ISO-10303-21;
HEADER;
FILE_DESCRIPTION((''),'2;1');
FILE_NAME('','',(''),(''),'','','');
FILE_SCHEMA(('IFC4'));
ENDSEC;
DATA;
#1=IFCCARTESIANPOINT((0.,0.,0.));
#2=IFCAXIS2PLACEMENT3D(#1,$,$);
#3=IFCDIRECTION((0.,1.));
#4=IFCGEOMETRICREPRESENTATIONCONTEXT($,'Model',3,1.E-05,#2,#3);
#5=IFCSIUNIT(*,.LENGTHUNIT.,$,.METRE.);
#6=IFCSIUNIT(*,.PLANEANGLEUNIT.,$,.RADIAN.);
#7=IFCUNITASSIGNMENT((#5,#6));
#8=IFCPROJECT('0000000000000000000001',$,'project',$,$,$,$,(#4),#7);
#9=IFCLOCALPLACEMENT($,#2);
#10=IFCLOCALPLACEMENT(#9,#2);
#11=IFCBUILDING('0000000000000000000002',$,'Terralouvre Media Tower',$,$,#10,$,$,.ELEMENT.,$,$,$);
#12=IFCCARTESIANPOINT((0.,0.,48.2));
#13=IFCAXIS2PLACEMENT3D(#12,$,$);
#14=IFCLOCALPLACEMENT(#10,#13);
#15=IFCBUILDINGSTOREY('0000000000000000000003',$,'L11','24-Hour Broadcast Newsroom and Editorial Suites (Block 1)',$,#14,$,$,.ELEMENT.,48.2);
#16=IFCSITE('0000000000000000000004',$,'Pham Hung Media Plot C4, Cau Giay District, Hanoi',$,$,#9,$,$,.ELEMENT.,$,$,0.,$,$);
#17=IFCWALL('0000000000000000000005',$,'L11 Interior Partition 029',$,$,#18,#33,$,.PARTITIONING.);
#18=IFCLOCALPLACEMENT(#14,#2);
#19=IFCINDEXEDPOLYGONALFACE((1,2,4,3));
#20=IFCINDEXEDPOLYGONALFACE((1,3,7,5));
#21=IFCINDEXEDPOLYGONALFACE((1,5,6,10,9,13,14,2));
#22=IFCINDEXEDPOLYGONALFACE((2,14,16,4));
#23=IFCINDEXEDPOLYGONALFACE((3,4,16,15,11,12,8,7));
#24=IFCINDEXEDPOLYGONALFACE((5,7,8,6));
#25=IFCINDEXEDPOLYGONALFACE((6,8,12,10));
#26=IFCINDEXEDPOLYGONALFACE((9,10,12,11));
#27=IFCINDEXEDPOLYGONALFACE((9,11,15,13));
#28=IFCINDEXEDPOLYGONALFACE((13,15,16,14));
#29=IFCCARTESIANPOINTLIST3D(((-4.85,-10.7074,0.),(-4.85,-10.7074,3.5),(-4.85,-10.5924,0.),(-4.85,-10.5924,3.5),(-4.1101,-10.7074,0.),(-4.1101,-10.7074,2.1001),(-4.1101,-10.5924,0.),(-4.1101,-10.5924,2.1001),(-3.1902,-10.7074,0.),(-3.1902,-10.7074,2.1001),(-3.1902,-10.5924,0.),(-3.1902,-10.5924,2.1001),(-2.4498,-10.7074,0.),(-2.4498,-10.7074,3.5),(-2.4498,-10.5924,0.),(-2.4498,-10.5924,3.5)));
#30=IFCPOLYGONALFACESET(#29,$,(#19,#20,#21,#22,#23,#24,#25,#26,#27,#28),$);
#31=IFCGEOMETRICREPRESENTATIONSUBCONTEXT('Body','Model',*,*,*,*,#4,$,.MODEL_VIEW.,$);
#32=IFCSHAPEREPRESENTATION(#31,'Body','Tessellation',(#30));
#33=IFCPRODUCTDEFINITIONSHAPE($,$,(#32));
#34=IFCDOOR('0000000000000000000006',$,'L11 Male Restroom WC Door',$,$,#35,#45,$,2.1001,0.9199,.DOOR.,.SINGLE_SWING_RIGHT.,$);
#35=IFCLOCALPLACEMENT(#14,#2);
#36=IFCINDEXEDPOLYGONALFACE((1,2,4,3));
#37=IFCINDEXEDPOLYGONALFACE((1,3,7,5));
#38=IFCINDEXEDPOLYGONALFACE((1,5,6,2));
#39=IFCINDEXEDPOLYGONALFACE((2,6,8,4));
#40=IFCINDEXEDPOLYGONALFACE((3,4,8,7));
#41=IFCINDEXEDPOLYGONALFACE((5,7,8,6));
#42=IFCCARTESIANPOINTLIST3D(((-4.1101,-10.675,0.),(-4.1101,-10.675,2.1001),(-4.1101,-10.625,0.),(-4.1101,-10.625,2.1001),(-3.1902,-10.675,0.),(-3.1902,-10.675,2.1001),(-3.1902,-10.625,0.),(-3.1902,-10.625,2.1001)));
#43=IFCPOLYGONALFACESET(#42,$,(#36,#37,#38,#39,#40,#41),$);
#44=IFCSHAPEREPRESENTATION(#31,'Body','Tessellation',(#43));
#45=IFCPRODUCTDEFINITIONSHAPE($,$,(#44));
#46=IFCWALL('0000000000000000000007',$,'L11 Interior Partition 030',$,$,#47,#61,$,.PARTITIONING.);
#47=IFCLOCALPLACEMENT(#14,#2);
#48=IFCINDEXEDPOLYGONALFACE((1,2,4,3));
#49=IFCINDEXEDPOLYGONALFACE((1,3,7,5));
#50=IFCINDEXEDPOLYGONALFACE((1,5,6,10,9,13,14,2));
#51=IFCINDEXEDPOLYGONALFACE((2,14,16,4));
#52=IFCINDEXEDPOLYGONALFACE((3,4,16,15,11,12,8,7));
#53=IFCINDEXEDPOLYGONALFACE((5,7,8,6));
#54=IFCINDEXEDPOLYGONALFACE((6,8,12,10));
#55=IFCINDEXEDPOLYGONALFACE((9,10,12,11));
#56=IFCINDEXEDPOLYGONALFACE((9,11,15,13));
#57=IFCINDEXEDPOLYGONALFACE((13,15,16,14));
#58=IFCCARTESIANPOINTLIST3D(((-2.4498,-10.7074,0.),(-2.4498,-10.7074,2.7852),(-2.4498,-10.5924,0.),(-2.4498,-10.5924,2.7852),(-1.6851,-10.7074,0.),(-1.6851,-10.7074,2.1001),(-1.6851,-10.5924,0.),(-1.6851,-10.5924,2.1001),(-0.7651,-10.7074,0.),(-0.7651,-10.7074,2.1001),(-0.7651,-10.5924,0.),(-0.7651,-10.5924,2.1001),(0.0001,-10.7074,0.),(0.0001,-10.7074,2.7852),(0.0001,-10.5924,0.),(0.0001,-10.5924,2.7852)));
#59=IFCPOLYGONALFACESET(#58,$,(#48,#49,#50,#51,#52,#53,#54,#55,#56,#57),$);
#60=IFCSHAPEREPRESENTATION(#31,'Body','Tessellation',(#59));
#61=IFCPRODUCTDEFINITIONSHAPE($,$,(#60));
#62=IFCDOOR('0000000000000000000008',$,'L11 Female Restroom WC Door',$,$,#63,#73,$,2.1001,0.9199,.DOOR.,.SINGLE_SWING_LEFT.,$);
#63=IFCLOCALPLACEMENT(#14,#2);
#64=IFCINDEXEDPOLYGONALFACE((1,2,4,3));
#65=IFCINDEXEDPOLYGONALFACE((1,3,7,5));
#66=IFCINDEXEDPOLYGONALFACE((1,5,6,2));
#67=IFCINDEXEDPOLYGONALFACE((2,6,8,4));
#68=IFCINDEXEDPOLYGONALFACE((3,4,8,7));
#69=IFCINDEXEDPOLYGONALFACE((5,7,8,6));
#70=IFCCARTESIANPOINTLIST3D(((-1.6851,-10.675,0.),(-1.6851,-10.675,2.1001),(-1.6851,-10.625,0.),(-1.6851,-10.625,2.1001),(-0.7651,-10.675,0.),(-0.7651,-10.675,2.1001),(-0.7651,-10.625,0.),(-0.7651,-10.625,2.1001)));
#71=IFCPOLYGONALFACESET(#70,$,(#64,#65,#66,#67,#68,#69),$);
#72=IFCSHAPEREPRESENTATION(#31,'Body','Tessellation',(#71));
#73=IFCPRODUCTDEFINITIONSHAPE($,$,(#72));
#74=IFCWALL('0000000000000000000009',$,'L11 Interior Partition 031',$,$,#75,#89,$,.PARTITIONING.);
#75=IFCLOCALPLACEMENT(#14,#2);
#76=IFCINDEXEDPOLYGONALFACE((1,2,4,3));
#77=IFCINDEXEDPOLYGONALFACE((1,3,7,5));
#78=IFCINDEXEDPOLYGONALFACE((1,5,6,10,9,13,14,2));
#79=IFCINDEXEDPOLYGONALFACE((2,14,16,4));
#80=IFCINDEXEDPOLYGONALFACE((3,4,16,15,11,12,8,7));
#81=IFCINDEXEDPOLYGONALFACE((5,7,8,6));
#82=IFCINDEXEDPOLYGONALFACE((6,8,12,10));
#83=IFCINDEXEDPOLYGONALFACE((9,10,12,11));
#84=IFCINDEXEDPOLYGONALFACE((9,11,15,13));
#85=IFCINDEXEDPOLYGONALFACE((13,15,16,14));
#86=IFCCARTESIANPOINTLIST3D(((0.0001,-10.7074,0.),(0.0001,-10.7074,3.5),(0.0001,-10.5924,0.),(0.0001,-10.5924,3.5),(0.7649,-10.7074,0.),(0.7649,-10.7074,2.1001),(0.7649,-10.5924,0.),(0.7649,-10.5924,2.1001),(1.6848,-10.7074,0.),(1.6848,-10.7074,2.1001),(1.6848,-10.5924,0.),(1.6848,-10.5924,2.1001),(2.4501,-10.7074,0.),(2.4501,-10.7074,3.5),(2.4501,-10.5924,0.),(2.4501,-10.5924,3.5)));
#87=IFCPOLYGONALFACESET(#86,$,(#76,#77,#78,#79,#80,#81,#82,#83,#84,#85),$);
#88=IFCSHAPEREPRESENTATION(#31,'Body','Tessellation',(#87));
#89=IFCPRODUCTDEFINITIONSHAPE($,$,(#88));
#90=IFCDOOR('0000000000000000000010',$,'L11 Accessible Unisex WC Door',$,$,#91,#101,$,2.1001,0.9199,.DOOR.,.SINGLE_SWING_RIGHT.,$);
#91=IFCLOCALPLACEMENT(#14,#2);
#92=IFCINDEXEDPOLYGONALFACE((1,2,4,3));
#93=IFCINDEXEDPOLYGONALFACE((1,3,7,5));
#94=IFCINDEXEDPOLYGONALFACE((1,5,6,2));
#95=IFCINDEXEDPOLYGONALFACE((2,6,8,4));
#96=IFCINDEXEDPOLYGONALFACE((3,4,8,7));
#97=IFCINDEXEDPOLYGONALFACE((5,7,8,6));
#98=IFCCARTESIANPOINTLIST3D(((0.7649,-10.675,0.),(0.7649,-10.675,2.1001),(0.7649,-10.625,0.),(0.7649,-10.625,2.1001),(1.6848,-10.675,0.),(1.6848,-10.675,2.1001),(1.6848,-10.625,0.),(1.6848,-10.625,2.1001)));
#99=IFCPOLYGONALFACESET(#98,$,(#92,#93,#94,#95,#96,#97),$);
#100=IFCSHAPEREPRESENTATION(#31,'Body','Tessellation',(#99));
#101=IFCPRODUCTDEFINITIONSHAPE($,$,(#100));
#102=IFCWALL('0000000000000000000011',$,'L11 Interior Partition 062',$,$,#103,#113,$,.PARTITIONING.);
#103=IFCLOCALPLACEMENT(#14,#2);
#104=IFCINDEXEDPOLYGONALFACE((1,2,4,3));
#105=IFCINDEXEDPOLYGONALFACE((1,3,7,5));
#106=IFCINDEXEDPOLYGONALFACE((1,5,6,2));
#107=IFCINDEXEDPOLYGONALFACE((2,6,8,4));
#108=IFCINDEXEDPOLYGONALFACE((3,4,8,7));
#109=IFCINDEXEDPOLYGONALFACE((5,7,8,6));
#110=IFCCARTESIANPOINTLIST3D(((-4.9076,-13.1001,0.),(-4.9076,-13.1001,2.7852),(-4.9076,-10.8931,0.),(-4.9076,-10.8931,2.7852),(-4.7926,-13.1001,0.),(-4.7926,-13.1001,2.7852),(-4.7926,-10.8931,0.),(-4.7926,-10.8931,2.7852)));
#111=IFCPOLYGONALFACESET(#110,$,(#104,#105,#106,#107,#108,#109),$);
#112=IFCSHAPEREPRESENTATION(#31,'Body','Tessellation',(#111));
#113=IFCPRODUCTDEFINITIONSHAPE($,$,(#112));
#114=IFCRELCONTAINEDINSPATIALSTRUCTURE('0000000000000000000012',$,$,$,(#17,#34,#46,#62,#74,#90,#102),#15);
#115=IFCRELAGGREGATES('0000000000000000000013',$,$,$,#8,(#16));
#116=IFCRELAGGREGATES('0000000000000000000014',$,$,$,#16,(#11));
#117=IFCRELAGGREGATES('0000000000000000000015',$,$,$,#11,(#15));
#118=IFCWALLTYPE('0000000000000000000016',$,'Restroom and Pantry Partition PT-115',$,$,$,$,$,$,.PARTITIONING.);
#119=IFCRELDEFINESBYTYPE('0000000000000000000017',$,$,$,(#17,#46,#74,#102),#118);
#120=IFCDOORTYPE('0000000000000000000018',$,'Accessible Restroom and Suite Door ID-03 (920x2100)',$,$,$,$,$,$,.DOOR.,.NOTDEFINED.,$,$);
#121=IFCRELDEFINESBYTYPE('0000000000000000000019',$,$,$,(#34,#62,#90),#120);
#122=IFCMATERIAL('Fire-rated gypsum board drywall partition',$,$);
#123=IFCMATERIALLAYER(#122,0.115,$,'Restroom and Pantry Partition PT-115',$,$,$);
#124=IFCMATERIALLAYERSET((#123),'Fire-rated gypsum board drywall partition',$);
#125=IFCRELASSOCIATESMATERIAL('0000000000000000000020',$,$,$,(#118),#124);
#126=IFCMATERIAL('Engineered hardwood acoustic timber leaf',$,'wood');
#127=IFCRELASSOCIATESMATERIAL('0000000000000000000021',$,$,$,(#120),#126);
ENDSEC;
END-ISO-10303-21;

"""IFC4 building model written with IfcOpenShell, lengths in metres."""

from ifc_helpers import new_model, si_unit, direction, frame, frame_2d, origin, place, context, subcontext, project, spatial, rectangle, extrude, material, layer, layer_set, type_object, element, fill, save


model = new_model("IFC4")

# Units and contexts
model_context = context("Model", 3, precision=1e-05, world=origin(), true_north=direction((0.0, 1.0)))
body_context = subcontext(model_context, "Body", "Model", "MODEL_VIEW")
ifc_project = project(units=[si_unit("LENGTHUNIT", "METRE"), si_unit("PLANEANGLEUNIT", "RADIAN")], contexts=[model_context])

# Site, building, storey
site_placement = place(None, origin())
site = spatial("IfcSite", under=ifc_project, at=site_placement, Name="Pham Hung Media Plot C4, Cau Giay District, Hanoi", CompositionType="ELEMENT", RefElevation=0.0)
building_placement = place(site_placement, origin())
building = spatial("IfcBuilding", under=site, at=building_placement, Name="Terralouvre Media Tower", CompositionType="ELEMENT")
storey_placement = place(building_placement, frame((0.0, 0.0, 48.2)))
storey = spatial("IfcBuildingStorey", under=building, at=storey_placement, Name="L11", Description="24-Hour Broadcast Newsroom and Editorial Suites (Block 1)", CompositionType="ELEMENT", Elevation=48.2)

# Walls, openings, doors
ifc_material_1 = material(Name="Fire-rated gypsum board drywall partition")
ifc_layer_1 = layer(ifc_material_1, 0.115, Name="Restroom and Pantry Partition PT-115")
ifc_layer_set_1 = layer_set([ifc_layer_1], Name="Fire-rated gypsum board drywall partition")
wall_type_1 = type_object("IfcWallType", Name="Restroom and Pantry Partition PT-115", PredefinedType="PARTITIONING", material=ifc_layer_set_1)
wall_1_placement = place(storey_placement, frame((-4.8501, -10.6499, 0.0), z_axis=(0.0, 0.0, 1.0), x_axis=(1.0, 0.0, 0.0)))
wall_1 = element("IfcWall", 1, at=wall_1_placement, inside=storey, type_object=wall_type_1, Name="L11 Interior Partition 029", PredefinedType="PARTITIONING", context=body_context, shape_type="SweptSolid", body=[
    extrude(rectangle(XDim=2.4001, YDim=0.115, at=frame_2d((1.2002, 0.0))), origin(), (0.0, 0.0, 1.0), 3.5),
])
opening_1_placement = place(wall_1_placement, frame((0.74, 0.0, 0.0)))
opening_1 = element("IfcOpeningElement", 2, at=opening_1_placement, cuts=wall_1, PredefinedType="OPENING", context=body_context, shape_type="SweptSolid", body=[
    extrude(rectangle(XDim=0.9199, YDim=2.1001, at=frame_2d((0.46, 1.05))), frame((0.0, 0.0674, 0.0), z_axis=(0.0, -1.0, 0.0), x_axis=(1.0, 0.0, 0.0)), (0.0, 0.0, 1.0), 0.135),
])
ifc_material_2 = material(Name="Engineered hardwood acoustic timber leaf", Category="wood")
door_type_1 = type_object("IfcDoorType", Name="Accessible Restroom and Suite Door ID-03 (920x2100)", OperationType="NOTDEFINED", PredefinedType="DOOR", material=ifc_material_2)
door_1_placement = place(opening_1_placement, origin())
door_1 = element("IfcDoor", 3, at=door_1_placement, inside=storey, type_object=door_type_1, Name="L11 Male Restroom WC Door", OperationType="SINGLE_SWING_RIGHT", OverallHeight=2.1001, OverallWidth=0.9199, PredefinedType="DOOR", context=body_context, shape_type="SweptSolid", body=[
    extrude(rectangle(XDim=0.9199, YDim=2.1001, at=frame_2d((0.46, 1.05))), frame((0.0, 0.0249, 0.0), z_axis=(0.0, -1.0, 0.0), x_axis=(1.0, 0.0, 0.0)), (0.0, 0.0, 1.0), 0.05),
])
fill(opening_1, door_1)
wall_2_placement = place(storey_placement, frame((-2.45, -10.6499, 0.0), z_axis=(0.0, 0.0, 1.0), x_axis=(1.0, 0.0, 0.0)))
wall_2 = element("IfcWall", 4, at=wall_2_placement, inside=storey, type_object=wall_type_1, Name="L11 Interior Partition 030", PredefinedType="PARTITIONING", context=body_context, shape_type="SweptSolid", body=[
    extrude(rectangle(XDim=2.45, YDim=0.115, at=frame_2d((1.2251, 0.0))), origin(), (0.0, 0.0, 1.0), 2.7852),
])
opening_2_placement = place(wall_2_placement, frame((0.7649, 0.0, 0.0)))
opening_2 = element("IfcOpeningElement", 5, at=opening_2_placement, cuts=wall_2, PredefinedType="OPENING", context=body_context, shape_type="SweptSolid", body=[
    extrude(rectangle(XDim=0.9199, YDim=2.1001, at=frame_2d((0.46, 1.05))), frame((0.0, 0.0674, 0.0), z_axis=(0.0, -1.0, 0.0), x_axis=(1.0, 0.0, 0.0)), (0.0, 0.0, 1.0), 0.135),
])
door_2_placement = place(opening_2_placement, origin())
door_2 = element("IfcDoor", 6, at=door_2_placement, inside=storey, type_object=door_type_1, Name="L11 Female Restroom WC Door", OperationType="SINGLE_SWING_LEFT", OverallHeight=2.1001, OverallWidth=0.9199, PredefinedType="DOOR", context=body_context, shape_type="SweptSolid", body=[
    extrude(rectangle(XDim=0.9199, YDim=2.1001, at=frame_2d((0.46, 1.05))), frame((0.0, 0.0249, 0.0), z_axis=(0.0, -1.0, 0.0), x_axis=(1.0, 0.0, 0.0)), (0.0, 0.0, 1.0), 0.05),
])
fill(opening_2, door_2)
wall_3_placement = place(storey_placement, frame((0.0, -10.6499, 0.0), z_axis=(0.0, 0.0, 1.0), x_axis=(1.0, 0.0, 0.0)))
wall_3 = element("IfcWall", 7, at=wall_3_placement, inside=storey, type_object=wall_type_1, Name="L11 Interior Partition 031", PredefinedType="PARTITIONING", context=body_context, shape_type="SweptSolid", body=[
    extrude(rectangle(XDim=2.45, YDim=0.115, at=frame_2d((1.2251, 0.0))), origin(), (0.0, 0.0, 1.0), 3.5),
])
opening_3_placement = place(wall_3_placement, frame((0.7649, 0.0, 0.0)))
opening_3 = element("IfcOpeningElement", 8, at=opening_3_placement, cuts=wall_3, PredefinedType="OPENING", context=body_context, shape_type="SweptSolid", body=[
    extrude(rectangle(XDim=0.9199, YDim=2.1001, at=frame_2d((0.46, 1.05))), frame((0.0, 0.0674, 0.0), z_axis=(0.0, -1.0, 0.0), x_axis=(1.0, 0.0, 0.0)), (0.0, 0.0, 1.0), 0.135),
])
door_3_placement = place(opening_3_placement, origin())
door_3 = element("IfcDoor", 9, at=door_3_placement, inside=storey, type_object=door_type_1, Name="L11 Accessible Unisex WC Door", OperationType="SINGLE_SWING_RIGHT", OverallHeight=2.1001, OverallWidth=0.9199, PredefinedType="DOOR", context=body_context, shape_type="SweptSolid", body=[
    extrude(rectangle(XDim=0.9199, YDim=2.1001, at=frame_2d((0.46, 1.05))), frame((0.0, 0.0249, 0.0), z_axis=(0.0, -1.0, 0.0), x_axis=(1.0, 0.0, 0.0)), (0.0, 0.0, 1.0), 0.05),
])
fill(opening_3, door_3)

# Wall
wall_4_placement = place(storey_placement, frame((-4.8501, -10.8931, 0.0), z_axis=(0.0, 0.0, 1.0), x_axis=(0.0, -1.0, 0.0)))
element("IfcWall", 10, at=wall_4_placement, inside=storey, type_object=wall_type_1, Name="L11 Interior Partition 062", PredefinedType="PARTITIONING", context=body_context, shape_type="SweptSolid", body=[
    extrude(rectangle(XDim=2.207, YDim=0.115, at=frame_2d((1.1035, 0.0))), origin(), (0.0, 0.0, 1.0), 2.7852),
])

save(model, "model.ifc")
